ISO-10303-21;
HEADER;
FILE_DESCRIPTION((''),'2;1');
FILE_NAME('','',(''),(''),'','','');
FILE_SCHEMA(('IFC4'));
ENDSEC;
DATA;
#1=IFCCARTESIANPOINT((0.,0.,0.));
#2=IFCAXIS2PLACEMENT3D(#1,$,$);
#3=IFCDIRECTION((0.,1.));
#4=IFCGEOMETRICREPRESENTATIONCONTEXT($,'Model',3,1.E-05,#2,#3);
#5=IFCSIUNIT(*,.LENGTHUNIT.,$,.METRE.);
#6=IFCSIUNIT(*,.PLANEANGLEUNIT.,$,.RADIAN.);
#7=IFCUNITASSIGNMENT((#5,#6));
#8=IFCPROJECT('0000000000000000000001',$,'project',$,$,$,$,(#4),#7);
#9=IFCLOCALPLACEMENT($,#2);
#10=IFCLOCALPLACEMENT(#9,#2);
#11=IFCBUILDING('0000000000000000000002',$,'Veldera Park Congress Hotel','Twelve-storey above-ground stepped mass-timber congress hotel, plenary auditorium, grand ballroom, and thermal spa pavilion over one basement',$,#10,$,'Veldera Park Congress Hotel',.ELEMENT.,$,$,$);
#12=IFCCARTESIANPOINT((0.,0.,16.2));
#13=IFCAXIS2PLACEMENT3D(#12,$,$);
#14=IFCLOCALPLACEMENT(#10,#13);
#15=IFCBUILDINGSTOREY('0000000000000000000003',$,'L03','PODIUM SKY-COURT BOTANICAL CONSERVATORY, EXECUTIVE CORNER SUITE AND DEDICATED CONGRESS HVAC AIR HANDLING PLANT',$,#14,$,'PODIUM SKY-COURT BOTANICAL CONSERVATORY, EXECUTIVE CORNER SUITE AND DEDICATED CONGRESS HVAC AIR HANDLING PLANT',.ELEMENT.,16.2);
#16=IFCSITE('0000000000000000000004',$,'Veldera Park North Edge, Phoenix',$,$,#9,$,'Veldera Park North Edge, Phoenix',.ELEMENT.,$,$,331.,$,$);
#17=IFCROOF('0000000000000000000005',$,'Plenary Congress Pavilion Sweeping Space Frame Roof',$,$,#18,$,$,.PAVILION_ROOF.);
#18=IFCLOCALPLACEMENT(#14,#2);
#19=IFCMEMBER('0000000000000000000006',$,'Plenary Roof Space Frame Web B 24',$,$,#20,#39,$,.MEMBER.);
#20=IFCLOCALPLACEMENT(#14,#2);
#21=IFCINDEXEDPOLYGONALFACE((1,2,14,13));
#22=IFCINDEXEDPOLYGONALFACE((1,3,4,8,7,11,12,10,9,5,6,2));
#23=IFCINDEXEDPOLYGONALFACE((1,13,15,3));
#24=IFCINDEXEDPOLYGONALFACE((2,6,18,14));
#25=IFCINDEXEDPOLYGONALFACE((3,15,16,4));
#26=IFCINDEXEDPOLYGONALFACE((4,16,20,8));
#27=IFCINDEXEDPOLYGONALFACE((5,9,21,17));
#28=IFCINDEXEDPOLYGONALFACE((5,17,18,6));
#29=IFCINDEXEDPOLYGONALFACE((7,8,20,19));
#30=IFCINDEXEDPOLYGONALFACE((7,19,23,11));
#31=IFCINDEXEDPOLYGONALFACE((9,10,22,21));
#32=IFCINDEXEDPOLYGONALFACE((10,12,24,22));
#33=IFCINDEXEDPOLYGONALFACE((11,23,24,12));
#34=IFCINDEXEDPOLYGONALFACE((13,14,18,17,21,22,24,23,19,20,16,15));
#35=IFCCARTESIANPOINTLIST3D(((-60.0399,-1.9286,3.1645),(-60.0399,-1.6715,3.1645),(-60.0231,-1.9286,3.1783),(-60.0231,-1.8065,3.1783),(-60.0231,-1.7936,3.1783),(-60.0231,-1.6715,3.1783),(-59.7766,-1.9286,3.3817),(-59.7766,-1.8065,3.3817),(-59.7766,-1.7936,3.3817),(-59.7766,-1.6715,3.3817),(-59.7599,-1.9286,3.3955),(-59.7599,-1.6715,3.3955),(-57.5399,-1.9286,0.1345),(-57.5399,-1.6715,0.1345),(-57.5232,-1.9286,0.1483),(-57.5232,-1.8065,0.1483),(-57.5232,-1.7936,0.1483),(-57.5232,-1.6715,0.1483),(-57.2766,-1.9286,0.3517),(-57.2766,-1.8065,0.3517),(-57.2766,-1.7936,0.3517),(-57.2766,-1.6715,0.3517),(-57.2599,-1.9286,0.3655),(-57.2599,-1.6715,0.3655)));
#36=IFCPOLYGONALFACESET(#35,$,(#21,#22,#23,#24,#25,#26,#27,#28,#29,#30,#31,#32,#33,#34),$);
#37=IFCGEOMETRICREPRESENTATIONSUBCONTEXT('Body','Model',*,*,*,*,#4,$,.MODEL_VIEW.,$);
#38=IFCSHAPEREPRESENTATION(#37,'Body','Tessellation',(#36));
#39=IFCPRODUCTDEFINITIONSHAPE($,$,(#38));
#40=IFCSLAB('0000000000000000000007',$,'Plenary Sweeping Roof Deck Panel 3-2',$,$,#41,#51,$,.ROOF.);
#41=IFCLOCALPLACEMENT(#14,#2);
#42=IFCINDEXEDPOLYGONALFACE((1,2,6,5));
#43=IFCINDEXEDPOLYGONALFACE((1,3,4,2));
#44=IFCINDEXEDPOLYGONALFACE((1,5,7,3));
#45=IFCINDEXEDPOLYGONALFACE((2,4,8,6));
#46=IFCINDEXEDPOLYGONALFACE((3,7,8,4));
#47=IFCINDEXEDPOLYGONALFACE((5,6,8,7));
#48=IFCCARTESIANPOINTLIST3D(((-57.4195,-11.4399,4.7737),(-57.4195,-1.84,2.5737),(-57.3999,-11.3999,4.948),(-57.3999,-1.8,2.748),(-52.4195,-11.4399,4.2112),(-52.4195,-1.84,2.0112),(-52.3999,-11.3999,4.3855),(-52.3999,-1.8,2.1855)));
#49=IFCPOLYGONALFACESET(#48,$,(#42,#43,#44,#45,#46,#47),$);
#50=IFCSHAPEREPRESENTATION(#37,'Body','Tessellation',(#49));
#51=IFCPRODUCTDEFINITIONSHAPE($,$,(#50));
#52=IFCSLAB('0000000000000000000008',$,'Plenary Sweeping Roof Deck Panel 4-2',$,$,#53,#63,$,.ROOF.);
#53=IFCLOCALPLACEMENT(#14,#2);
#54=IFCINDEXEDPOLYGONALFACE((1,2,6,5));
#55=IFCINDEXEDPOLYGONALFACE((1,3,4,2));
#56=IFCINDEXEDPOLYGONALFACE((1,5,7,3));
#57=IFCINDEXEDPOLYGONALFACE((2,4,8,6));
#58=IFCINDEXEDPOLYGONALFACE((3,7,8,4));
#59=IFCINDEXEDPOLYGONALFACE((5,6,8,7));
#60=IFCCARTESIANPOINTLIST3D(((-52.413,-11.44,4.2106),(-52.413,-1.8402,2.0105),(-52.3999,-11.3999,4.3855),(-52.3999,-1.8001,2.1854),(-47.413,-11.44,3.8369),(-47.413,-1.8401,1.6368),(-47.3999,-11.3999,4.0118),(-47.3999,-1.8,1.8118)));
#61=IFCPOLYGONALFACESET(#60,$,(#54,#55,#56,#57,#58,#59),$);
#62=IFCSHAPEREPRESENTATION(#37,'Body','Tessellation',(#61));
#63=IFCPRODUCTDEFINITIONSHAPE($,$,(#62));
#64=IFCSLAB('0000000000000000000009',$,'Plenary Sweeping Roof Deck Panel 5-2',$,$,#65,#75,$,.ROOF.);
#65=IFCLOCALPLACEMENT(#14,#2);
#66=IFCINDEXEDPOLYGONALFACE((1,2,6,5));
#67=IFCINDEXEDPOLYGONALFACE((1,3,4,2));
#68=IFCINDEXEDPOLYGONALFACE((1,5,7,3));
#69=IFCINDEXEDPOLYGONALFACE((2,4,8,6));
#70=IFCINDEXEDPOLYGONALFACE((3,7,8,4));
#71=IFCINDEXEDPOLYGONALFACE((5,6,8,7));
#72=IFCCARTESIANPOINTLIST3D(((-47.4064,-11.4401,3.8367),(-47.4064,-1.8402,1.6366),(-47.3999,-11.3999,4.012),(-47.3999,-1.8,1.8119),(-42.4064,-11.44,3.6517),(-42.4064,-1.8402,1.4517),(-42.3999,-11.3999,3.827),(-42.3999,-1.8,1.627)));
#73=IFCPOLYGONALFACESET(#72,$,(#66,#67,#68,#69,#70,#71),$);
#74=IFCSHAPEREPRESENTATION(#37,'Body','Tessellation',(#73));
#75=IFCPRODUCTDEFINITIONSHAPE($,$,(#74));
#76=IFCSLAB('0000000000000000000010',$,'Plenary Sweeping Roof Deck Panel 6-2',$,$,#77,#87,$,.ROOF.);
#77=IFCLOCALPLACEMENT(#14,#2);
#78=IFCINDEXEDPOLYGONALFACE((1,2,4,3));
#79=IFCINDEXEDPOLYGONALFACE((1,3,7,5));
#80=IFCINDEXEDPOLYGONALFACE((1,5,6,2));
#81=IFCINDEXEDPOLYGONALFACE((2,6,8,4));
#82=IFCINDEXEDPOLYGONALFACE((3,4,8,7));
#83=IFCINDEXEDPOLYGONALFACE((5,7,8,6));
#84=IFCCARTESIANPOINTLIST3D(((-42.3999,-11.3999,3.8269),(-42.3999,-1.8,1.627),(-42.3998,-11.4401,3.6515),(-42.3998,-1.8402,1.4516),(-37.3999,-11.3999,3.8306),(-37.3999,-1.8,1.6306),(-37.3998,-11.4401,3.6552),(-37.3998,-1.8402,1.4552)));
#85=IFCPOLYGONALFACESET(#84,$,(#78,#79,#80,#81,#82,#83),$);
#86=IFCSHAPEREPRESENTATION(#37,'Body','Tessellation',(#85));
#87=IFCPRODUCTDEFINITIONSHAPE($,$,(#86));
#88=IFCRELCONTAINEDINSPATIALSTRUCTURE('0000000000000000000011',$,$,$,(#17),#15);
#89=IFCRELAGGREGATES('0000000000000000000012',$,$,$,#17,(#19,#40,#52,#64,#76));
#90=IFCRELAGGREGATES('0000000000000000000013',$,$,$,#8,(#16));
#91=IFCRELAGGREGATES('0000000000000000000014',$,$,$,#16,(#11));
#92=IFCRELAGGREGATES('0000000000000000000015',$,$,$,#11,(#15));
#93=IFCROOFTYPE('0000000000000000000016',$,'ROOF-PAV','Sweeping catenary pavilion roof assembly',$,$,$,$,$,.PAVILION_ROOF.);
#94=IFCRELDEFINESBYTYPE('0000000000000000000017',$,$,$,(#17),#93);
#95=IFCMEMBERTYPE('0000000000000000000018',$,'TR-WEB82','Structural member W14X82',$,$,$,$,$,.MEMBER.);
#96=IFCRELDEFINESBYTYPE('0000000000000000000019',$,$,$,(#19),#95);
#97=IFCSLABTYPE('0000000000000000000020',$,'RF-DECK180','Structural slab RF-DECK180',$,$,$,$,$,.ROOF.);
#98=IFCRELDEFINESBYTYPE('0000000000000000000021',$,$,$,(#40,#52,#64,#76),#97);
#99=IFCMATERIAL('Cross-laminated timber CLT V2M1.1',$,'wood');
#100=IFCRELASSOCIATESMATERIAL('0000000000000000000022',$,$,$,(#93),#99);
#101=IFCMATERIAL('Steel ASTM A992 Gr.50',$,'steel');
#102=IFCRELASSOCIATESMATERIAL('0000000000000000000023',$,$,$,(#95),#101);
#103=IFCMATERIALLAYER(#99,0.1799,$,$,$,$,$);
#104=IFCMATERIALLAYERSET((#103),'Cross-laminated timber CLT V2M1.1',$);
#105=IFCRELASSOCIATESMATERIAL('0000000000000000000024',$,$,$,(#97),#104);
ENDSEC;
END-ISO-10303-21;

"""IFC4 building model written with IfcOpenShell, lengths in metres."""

from ifc_helpers import new_model, si_unit, direction, frame, origin, origin_2d, place, context, subcontext, project, spatial, polyline, i_section, outline, extrude, material, layer, layer_set, material_profile, profile_set, type_object, element, aggregate, save


model = new_model("IFC4")

# Units and contexts
model_context = context("Model", 3, precision=1e-05, world=origin(), true_north=direction((0.0, 1.0)))
body_context = subcontext(model_context, "Body", "Model", "MODEL_VIEW")
ifc_project = project(units=[si_unit("LENGTHUNIT", "METRE"), si_unit("PLANEANGLEUNIT", "RADIAN")], contexts=[model_context])

# Site, building, storey
site_placement = place(None, origin())
site = spatial("IfcSite", under=ifc_project, at=site_placement, Name="Veldera Park North Edge, Phoenix", LongName="Veldera Park North Edge, Phoenix", CompositionType="ELEMENT", RefElevation=331.0)
building_placement = place(site_placement, origin())
building = spatial("IfcBuilding", under=site, at=building_placement, Name="Veldera Park Congress Hotel", Description="Twelve-storey above-ground stepped mass-timber congress hotel, plenary auditorium, grand ballroom, and thermal spa pavilion over one basement", LongName="Veldera Park Congress Hotel", CompositionType="ELEMENT")
storey_placement = place(building_placement, frame((0.0, 0.0, 16.2)))
storey = spatial("IfcBuildingStorey", under=building, at=storey_placement, Name="L03", Description="PODIUM SKY-COURT BOTANICAL CONSERVATORY, EXECUTIVE CORNER SUITE AND DEDICATED CONGRESS HVAC AIR HANDLING PLANT", LongName="PODIUM SKY-COURT BOTANICAL CONSERVATORY, EXECUTIVE CORNER SUITE AND DEDICATED CONGRESS HVAC AIR HANDLING PLANT", CompositionType="ELEMENT", Elevation=16.2)

# Roof, member, slabs
ifc_material_1 = material(Name="Cross-laminated timber CLT V2M1.1", Category="wood")
roof_type = type_object("IfcRoofType", Name="ROOF-PAV", Description="Sweeping catenary pavilion roof assembly", PredefinedType="PAVILION_ROOF", material=ifc_material_1)
roof_placement = place(storey_placement, origin())
roof = element("IfcRoof", 1, at=roof_placement, inside=storey, type_object=roof_type, Name="Plenary Congress Pavilion Sweeping Space Frame Roof", PredefinedType="PAVILION_ROOF")
ifc_material_2 = material(Name="Steel ASTM A992 Gr.50", Category="steel")
ifc_material_profile_1 = material_profile(ifc_material_2, i_section(OverallWidth=0.2571, OverallDepth=0.363, WebThickness=0.0129, FlangeThickness=0.0217, at=origin_2d()), Name="W14X82")
ifc_profile_set_1 = profile_set([ifc_material_profile_1], Name="Steel ASTM A992 Gr.50")
member_type_1 = type_object("IfcMemberType", Name="TR-WEB82", Description="Structural member W14X82", PredefinedType="MEMBER", material=ifc_profile_set_1)
member_1_placement = place(storey_placement, frame((-57.3999, -1.8, 0.25), z_axis=(-0.636417, 0.0, 0.771345), x_axis=(0.0, -1.0, 0.0)))
member_1 = element("IfcMember", 2, at=member_1_placement, type_object=member_type_1, Name="Plenary Roof Space Frame Web B 24", PredefinedType="MEMBER", context=body_context, shape_type="SweptSolid", body=[
    extrude(i_section(OverallWidth=0.2571, OverallDepth=0.363, WebThickness=0.0129, FlangeThickness=0.0217, at=origin_2d()), origin(), (0.0, 0.0, 1.0), 3.9282),
])
ifc_layer = layer(ifc_material_1, 0.1799)
ifc_layer_set = layer_set([ifc_layer], Name="Cross-laminated timber CLT V2M1.1")
slab_type = type_object("IfcSlabType", Name="RF-DECK180", Description="Structural slab RF-DECK180", PredefinedType="ROOF", material=ifc_layer_set)
slab_1_placement = place(storey_placement, frame((-57.3999, -11.3999, 4.948), z_axis=(0.109004, 0.222044, 0.968925), x_axis=(0.993731, 0.0, -0.111795)))
slab_1 = element("IfcSlab", 3, at=slab_1_placement, type_object=slab_type, Name="Plenary Sweeping Roof Deck Panel 3-2", PredefinedType="ROOF", context=body_context, shape_type="SweptSolid", body=[
    extrude(outline(polyline([(0.0, 0.0), (5.0315, 0.0), (5.2775, 9.8456), (0.2459, 9.8456), (0.0, 0.0)])), origin(), (0.0, 0.0, -1.0), 0.1799),
])
slab_2_placement = place(storey_placement, frame((-52.3999, -11.3999, 4.3855), z_axis=(0.07265, 0.222796, 0.972154), x_axis=(0.997219, -0.000005, -0.074522)))
slab_2 = element("IfcSlab", 4, at=slab_2_placement, type_object=slab_type, Name="Plenary Sweeping Roof Deck Panel 4-2", PredefinedType="ROOF", context=body_context, shape_type="SweptSolid", body=[
    extrude(outline(polyline([(0.0, 0.0), (5.0139, 0.0), (5.1778, 9.8474), (0.1639, 9.8473), (0.0, 0.0)])), origin(), (0.0, 0.0, -1.0), 0.1799),
])
slab_3_placement = place(storey_placement, frame((-47.3999, -11.3999, 4.012), z_axis=(0.036029, 0.223241, 0.974097), x_axis=(0.999317, 0.000005, -0.036963)))
slab_3 = element("IfcSlab", 5, at=slab_3_placement, type_object=slab_type, Name="Plenary Sweeping Roof Deck Panel 5-2", PredefinedType="ROOF", context=body_context, shape_type="SweptSolid", body=[
    extrude(outline(polyline([(0.0, 0.0), (5.0034, 0.0), (5.0848, 9.8484), (0.0814, 9.8484), (0.0, 0.0)])), origin(), (0.0, 0.0, -1.0), 0.1799),
])
slab_4_placement = place(storey_placement, frame((-42.3999, -11.3999, 3.8269), z_axis=(-0.000714, 0.223375, 0.974732), x_axis=(1.0, 0.0, 0.000732)))
slab_4 = element("IfcSlab", 6, at=slab_4_placement, type_object=slab_type, Name="Plenary Sweeping Roof Deck Panel 6-2", PredefinedType="ROOF", context=body_context, shape_type="SweptSolid", body=[
    extrude(outline(polyline([(0.0, 0.0), (5.0, 0.0), (4.9984, 9.8487), (-0.0016, 9.8487), (0.0, 0.0)])), origin(), (0.0, 0.0, -1.0), 0.1799),
])
aggregate(roof, [member_1, slab_1, slab_2, slab_3, slab_4])

save(model, "model.ifc")
